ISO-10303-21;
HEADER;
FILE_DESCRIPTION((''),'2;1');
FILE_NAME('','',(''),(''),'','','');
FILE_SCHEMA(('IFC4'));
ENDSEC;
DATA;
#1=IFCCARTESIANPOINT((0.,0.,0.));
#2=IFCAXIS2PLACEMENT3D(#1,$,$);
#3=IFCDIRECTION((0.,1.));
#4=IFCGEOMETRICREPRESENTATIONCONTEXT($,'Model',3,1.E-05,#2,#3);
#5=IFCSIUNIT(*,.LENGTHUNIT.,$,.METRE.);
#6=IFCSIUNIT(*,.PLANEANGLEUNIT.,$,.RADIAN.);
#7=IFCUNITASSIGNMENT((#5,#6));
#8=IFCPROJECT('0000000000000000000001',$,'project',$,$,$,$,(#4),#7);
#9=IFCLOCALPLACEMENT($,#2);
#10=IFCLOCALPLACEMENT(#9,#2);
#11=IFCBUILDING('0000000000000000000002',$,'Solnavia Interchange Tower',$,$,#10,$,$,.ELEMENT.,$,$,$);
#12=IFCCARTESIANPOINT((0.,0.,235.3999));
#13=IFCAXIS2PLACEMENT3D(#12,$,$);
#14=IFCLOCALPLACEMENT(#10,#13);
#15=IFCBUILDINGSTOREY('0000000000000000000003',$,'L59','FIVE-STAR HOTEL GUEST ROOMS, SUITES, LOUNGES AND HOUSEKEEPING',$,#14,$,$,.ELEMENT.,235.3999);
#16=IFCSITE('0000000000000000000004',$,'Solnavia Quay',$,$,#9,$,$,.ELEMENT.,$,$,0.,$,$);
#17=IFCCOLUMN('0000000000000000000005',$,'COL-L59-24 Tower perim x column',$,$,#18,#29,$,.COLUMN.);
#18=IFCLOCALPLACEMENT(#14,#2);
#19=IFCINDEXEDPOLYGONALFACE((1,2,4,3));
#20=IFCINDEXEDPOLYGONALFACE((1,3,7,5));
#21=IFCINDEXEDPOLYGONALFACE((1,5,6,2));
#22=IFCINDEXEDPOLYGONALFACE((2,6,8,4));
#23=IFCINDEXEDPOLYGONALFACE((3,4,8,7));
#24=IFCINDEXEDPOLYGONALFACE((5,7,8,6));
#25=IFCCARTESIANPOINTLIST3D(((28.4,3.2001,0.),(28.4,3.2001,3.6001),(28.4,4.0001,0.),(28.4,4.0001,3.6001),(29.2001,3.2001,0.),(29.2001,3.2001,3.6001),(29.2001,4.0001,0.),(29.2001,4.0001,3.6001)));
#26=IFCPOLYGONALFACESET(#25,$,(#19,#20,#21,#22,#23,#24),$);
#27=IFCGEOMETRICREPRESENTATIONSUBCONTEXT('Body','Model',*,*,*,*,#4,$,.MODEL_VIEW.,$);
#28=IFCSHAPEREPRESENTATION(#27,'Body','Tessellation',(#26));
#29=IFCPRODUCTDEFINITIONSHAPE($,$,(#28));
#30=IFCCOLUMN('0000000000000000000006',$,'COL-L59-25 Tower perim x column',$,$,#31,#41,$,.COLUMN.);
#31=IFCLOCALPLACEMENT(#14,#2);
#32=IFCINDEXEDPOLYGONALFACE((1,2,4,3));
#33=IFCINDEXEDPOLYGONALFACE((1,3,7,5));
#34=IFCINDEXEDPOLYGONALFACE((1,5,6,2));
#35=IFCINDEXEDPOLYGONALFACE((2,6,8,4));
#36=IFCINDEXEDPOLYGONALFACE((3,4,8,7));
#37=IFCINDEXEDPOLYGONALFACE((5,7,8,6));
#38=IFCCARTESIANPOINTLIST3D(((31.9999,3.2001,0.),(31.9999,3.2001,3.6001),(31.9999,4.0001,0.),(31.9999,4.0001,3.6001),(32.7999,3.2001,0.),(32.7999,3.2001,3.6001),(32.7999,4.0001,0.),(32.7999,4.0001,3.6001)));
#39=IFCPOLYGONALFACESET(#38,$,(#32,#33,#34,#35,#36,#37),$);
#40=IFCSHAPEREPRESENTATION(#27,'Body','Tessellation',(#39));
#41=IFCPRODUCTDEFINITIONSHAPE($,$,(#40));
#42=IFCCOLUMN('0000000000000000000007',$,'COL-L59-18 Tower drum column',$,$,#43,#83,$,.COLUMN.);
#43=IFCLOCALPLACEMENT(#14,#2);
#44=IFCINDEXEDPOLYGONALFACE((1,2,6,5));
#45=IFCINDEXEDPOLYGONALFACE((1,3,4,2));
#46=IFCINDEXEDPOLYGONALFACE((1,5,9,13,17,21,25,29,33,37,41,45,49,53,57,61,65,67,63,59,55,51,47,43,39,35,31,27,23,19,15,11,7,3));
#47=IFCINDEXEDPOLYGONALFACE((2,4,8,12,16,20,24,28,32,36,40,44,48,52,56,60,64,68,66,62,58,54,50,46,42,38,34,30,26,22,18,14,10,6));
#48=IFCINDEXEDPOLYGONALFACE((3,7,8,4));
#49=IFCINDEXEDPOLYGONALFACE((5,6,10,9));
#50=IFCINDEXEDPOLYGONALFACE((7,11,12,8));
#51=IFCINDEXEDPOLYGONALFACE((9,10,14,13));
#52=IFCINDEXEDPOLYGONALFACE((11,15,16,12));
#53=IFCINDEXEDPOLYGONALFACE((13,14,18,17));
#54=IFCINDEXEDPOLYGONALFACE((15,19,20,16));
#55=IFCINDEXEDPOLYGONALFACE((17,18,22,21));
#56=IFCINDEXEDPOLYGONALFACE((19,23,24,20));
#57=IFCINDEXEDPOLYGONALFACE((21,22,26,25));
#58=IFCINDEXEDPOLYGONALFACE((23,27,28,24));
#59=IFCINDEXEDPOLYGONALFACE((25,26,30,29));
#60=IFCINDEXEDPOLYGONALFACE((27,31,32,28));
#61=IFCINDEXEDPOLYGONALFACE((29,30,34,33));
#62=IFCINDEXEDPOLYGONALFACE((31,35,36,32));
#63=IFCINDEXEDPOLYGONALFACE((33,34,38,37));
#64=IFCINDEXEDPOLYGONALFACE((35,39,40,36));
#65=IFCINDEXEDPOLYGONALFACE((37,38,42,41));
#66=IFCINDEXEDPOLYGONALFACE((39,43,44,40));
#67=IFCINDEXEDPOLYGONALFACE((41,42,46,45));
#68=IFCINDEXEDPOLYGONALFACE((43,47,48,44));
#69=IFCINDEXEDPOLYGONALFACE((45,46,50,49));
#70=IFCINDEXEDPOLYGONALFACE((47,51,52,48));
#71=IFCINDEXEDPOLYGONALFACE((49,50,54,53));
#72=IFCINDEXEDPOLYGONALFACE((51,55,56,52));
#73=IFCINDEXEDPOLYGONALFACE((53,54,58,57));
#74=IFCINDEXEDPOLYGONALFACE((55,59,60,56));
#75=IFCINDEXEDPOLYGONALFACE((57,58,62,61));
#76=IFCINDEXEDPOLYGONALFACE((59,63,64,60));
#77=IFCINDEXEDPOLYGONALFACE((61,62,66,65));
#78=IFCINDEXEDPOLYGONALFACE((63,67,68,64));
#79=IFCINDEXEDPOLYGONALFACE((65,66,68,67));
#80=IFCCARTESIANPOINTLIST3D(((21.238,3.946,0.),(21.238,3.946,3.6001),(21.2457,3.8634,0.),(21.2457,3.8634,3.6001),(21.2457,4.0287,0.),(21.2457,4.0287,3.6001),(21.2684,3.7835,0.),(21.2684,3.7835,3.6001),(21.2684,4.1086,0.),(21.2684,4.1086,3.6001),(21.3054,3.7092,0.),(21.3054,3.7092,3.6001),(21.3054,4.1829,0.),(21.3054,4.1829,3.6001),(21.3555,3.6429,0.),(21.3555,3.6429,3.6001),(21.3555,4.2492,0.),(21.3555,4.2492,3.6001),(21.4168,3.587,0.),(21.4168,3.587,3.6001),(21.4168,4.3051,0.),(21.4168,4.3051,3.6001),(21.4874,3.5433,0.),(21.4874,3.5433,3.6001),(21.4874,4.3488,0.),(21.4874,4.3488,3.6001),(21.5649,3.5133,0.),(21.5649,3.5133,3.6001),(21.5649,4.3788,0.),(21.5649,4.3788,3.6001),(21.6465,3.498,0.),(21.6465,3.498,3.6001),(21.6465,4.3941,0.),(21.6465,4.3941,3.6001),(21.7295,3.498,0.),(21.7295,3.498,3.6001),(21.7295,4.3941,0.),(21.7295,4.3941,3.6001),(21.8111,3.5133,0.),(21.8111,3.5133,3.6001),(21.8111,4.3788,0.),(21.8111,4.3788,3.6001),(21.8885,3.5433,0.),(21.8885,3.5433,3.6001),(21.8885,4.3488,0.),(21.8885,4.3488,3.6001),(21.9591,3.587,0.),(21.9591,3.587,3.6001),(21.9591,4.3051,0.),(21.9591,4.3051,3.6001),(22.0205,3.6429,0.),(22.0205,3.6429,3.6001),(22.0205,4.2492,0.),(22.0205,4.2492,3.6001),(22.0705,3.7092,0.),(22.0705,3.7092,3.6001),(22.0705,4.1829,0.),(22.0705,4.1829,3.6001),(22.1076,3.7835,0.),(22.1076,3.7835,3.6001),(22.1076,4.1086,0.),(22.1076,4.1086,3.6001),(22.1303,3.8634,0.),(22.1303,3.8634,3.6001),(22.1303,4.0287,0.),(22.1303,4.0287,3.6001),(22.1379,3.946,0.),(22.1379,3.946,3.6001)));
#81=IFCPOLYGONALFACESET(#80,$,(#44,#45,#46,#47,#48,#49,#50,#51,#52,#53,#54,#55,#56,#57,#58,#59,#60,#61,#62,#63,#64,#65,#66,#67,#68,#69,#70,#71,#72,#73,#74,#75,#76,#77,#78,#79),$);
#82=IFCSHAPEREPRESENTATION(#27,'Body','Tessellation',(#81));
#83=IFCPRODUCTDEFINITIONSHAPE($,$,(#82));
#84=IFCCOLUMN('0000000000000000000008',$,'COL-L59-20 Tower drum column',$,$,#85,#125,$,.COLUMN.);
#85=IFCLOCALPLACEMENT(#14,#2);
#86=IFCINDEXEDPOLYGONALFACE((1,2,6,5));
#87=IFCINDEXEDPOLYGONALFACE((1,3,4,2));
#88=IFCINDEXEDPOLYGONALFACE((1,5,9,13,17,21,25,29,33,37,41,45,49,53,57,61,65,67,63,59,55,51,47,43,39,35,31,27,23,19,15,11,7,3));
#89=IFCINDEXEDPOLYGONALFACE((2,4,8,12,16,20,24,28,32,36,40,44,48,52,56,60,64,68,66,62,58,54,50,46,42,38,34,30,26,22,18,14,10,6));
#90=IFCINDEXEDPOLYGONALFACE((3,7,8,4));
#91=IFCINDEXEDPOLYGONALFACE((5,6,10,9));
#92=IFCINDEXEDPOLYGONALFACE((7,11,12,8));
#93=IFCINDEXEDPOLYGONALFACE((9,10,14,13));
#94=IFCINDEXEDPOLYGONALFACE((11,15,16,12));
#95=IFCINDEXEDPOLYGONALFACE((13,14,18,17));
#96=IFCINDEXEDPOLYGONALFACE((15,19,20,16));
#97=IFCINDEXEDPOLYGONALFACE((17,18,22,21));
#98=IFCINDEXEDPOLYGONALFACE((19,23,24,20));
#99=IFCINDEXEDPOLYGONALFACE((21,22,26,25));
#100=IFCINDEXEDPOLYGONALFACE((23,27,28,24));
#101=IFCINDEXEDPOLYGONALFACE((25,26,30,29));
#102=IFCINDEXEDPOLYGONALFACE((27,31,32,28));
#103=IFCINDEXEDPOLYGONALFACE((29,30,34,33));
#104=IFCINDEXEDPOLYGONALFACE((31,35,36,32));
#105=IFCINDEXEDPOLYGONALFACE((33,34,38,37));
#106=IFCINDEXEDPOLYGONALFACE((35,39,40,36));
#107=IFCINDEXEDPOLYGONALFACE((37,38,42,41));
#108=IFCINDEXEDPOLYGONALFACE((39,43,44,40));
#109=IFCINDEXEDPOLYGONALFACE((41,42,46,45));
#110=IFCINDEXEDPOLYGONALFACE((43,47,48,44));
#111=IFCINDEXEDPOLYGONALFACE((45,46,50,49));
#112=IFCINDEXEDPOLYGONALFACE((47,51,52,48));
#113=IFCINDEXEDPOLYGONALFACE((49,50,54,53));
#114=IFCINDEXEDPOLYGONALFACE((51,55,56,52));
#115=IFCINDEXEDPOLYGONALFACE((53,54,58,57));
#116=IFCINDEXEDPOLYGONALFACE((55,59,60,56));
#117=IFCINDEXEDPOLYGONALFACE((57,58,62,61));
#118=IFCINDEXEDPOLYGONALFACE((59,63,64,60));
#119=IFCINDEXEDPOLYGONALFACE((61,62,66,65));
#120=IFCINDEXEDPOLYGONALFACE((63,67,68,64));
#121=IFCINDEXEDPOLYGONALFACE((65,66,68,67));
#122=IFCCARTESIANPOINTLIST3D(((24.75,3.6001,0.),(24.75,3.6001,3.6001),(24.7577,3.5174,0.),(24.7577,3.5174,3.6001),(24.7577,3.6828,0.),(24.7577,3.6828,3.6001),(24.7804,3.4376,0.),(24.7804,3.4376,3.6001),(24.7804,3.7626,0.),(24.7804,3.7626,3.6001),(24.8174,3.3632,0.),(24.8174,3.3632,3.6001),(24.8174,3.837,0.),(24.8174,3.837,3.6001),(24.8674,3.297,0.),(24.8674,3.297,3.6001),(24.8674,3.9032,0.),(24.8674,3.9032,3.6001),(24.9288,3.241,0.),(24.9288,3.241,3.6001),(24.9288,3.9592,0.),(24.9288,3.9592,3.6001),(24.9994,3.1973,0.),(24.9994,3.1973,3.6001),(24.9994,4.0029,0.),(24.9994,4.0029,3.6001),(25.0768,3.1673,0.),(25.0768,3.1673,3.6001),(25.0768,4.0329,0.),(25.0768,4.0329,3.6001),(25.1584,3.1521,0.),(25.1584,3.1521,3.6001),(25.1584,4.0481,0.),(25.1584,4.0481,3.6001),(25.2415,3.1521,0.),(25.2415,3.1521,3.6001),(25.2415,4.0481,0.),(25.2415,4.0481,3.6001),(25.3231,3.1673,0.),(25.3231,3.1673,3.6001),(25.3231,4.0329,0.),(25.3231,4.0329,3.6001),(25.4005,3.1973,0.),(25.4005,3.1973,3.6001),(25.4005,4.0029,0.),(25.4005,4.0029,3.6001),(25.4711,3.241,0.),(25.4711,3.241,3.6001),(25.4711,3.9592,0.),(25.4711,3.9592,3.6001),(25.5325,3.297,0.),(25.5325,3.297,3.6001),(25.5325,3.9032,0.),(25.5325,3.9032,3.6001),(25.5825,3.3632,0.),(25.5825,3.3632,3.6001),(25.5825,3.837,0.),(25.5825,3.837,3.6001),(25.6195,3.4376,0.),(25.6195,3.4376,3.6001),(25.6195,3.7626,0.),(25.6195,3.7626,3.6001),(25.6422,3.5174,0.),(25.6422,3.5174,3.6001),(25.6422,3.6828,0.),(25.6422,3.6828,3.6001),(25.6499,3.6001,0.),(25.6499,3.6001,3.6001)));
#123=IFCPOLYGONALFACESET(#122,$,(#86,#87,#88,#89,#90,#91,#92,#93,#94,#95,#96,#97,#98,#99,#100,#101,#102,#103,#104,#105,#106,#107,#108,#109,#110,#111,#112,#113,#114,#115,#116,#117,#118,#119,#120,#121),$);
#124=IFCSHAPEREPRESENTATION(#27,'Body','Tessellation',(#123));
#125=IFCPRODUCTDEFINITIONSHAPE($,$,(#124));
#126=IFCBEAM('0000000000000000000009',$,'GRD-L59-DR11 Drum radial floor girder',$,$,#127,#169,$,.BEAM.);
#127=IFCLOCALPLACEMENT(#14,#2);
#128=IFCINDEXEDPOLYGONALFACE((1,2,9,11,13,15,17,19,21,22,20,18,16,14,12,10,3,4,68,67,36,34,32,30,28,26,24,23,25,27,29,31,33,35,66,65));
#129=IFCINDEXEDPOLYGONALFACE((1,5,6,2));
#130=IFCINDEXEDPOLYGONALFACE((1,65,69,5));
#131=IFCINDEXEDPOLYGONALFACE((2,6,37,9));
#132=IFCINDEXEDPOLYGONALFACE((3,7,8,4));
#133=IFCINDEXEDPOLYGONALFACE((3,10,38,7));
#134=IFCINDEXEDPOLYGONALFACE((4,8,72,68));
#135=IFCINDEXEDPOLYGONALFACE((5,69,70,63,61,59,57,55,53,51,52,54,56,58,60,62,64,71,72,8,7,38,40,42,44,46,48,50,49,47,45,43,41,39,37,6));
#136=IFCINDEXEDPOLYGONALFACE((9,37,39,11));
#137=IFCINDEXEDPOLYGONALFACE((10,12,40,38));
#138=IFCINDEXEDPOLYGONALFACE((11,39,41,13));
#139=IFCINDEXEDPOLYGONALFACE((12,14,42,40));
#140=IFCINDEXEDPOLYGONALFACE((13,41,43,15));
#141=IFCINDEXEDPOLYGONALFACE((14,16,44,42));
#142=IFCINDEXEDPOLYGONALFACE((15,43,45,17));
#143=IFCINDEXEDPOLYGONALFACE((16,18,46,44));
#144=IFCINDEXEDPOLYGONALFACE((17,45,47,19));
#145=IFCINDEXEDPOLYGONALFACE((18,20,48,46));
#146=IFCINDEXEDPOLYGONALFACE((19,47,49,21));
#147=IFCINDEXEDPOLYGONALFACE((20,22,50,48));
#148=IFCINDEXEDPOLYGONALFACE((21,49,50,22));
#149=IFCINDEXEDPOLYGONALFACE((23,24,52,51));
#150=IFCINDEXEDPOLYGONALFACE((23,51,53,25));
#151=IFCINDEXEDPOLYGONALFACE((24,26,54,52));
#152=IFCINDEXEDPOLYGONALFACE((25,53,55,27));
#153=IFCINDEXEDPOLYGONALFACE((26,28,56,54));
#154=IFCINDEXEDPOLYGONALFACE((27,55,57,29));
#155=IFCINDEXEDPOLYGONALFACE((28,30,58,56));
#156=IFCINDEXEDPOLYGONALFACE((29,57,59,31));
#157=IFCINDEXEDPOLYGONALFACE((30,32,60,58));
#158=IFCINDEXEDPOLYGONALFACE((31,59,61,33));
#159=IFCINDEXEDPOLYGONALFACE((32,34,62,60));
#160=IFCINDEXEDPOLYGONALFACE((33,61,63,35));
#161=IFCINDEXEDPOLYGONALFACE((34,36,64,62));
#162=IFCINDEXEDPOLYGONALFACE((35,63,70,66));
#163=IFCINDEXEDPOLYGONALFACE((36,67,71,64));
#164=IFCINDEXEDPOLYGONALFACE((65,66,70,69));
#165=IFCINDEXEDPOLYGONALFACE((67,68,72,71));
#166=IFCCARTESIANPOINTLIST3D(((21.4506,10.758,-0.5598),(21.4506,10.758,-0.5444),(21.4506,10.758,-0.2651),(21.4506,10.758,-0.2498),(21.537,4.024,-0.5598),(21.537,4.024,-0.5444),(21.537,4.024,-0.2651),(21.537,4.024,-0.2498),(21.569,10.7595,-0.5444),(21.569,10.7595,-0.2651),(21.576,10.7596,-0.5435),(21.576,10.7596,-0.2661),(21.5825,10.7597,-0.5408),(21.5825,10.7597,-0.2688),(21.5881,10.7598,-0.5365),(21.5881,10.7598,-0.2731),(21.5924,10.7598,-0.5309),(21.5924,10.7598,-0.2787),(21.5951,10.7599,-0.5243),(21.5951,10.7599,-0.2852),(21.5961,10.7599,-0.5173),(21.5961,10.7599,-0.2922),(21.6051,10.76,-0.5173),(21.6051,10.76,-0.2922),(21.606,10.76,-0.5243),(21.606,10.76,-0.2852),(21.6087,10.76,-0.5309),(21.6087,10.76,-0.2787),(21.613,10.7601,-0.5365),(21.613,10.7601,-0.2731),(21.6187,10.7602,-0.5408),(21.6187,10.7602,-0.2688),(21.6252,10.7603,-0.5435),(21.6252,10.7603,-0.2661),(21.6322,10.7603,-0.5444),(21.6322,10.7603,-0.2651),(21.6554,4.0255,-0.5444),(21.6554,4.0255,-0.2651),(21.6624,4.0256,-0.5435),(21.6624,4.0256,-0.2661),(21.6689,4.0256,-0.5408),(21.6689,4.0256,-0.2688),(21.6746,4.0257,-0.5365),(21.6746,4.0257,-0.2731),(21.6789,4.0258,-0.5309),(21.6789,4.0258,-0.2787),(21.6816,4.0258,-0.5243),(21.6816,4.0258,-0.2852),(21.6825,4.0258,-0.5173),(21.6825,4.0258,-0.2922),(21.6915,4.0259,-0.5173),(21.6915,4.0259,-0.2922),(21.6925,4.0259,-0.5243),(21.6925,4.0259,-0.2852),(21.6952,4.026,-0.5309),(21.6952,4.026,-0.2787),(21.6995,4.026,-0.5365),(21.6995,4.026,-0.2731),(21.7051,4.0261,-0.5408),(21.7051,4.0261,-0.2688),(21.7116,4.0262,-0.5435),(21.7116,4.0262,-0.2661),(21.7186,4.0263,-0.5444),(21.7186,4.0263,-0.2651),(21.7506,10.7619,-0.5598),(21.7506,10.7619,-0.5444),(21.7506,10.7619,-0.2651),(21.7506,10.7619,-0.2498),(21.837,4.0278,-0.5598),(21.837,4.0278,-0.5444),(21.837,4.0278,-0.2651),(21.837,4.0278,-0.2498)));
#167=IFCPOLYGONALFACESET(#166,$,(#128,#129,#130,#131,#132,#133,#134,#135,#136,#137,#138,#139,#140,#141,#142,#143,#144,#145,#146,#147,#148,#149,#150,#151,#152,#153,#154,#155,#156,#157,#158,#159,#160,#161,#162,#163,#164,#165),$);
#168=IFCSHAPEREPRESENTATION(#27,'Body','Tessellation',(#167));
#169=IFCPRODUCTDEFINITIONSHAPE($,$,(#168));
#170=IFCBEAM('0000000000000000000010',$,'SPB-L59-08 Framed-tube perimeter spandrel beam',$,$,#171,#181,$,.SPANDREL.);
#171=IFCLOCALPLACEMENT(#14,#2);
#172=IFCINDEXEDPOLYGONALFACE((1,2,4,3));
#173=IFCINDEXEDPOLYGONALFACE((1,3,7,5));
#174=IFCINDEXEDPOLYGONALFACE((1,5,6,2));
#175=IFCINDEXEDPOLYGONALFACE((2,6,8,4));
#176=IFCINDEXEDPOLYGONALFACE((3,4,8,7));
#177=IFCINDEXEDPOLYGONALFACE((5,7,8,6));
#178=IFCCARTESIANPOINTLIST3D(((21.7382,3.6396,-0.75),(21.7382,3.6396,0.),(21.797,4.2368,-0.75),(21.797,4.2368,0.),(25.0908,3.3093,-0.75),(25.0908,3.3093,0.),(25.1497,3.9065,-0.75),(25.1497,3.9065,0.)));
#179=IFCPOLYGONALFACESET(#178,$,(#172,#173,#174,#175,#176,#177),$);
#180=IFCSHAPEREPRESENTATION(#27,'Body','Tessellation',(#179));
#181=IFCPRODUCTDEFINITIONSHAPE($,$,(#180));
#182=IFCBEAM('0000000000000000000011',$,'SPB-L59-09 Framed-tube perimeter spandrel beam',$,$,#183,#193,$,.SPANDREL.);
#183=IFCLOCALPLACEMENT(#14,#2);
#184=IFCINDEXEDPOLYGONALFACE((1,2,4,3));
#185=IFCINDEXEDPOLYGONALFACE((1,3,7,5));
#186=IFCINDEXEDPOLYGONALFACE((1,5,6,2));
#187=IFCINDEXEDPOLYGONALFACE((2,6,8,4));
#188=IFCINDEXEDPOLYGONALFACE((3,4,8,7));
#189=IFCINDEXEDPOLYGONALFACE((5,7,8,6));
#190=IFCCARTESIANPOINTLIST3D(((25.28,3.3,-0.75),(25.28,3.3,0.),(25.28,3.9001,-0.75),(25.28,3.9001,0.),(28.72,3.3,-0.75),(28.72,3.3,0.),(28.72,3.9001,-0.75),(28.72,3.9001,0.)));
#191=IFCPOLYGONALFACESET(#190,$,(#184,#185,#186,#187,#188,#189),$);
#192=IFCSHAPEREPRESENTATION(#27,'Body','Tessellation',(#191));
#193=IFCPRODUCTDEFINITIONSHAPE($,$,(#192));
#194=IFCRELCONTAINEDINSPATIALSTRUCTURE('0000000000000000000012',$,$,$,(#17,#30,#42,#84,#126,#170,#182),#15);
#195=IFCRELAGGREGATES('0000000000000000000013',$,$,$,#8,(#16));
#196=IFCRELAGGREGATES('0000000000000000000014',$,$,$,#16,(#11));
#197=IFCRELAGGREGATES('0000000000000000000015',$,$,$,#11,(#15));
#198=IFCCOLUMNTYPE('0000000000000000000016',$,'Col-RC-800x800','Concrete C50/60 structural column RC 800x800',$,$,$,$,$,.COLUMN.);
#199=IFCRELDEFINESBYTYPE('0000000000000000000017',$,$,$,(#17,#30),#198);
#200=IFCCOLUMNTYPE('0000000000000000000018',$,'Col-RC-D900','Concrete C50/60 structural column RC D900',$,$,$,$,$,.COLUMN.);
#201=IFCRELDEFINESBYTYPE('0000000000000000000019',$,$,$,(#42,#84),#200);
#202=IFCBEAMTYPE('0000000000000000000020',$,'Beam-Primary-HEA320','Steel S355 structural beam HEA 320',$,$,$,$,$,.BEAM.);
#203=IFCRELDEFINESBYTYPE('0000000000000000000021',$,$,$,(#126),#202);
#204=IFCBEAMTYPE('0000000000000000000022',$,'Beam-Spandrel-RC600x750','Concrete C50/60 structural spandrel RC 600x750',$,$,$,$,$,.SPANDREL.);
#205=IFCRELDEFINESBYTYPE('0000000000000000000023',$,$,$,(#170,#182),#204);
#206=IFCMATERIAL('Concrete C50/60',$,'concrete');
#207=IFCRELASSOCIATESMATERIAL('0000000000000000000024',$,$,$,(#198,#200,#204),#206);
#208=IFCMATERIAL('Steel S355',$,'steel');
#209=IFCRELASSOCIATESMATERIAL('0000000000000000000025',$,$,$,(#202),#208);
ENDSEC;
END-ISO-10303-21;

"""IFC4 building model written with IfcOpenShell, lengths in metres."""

from ifc_helpers import new_model, si_unit, direction, frame, origin, origin_2d, place, context, subcontext, project, spatial, rectangle, circle, i_section, extrude, material, material_profile, profile_set, type_object, element, save


model = new_model("IFC4")

# Units and contexts
model_context = context("Model", 3, precision=1e-05, world=origin(), true_north=direction((0.0, 1.0)))
body_context = subcontext(model_context, "Body", "Model", "MODEL_VIEW")
ifc_project = project(units=[si_unit("LENGTHUNIT", "METRE"), si_unit("PLANEANGLEUNIT", "RADIAN")], contexts=[model_context])

# Site, building, storey
site_placement = place(None, origin())
site = spatial("IfcSite", under=ifc_project, at=site_placement, Name="Solnavia Quay", CompositionType="ELEMENT", RefElevation=0.0)
building_placement = place(site_placement, origin())
building = spatial("IfcBuilding", under=site, at=building_placement, Name="Solnavia Interchange Tower", CompositionType="ELEMENT")
storey_placement = place(building_placement, frame((0.0, 0.0, 235.3999)))
storey = spatial("IfcBuildingStorey", under=building, at=storey_placement, Name="L59", Description="FIVE-STAR HOTEL GUEST ROOMS, SUITES, LOUNGES AND HOUSEKEEPING", CompositionType="ELEMENT", Elevation=235.3999)

# Columns
ifc_material_1 = material(Name="Concrete C50/60", Category="concrete")
ifc_material_profile_1 = material_profile(ifc_material_1, rectangle(XDim=0.8, YDim=0.8, at=origin_2d()), Name="RC 800x800")
ifc_profile_set_1 = profile_set([ifc_material_profile_1], Name="Concrete C50/60")
column_type_1 = type_object("IfcColumnType", Name="Col-RC-800x800", Description="Concrete C50/60 structural column RC 800x800", PredefinedType="COLUMN", material=ifc_profile_set_1)
for number, where, z_axis, x_axis, name in (
    (1, (28.8, 3.6001, 0.0), (0.0, 0.0, 1.0), (1.0, 0.0, 0.0), "COL-L59-24 Tower perim x column"),
    (2, (32.3999, 3.6001, 0.0), (0.0, 0.0, 1.0), (1.0, 0.0, 0.0), "COL-L59-25 Tower perim x column"),
):
    element("IfcColumn", number, at=place(storey_placement, frame(where, z_axis=z_axis, x_axis=x_axis)), inside=storey, type_object=column_type_1, Name=name, PredefinedType="COLUMN", context=body_context, shape_type="SweptSolid", body=[
        extrude(rectangle(XDim=0.8, YDim=0.8, at=origin_2d()), origin(), (0.0, 0.0, 1.0), 3.6001),
    ])
ifc_material_profile_2 = material_profile(ifc_material_1, circle(Radius=0.45, at=origin_2d()), Name="RC D900")
ifc_profile_set_2 = profile_set([ifc_material_profile_2], Name="Concrete C50/60")
column_type_2 = type_object("IfcColumnType", Name="Col-RC-D900", Description="Concrete C50/60 structural column RC D900", PredefinedType="COLUMN", material=ifc_profile_set_2)
for number, where, z_axis, x_axis, name in (
    (3, (21.688, 3.946, 0.0), (0.0, 0.0, 1.0), (1.0, 0.0, 0.0), "COL-L59-18 Tower drum column"),
    (4, (25.2, 3.6001, 0.0), (0.0, 0.0, 1.0), (1.0, 0.0, 0.0), "COL-L59-20 Tower drum column"),
):
    element("IfcColumn", number, at=place(storey_placement, frame(where, z_axis=z_axis, x_axis=x_axis)), inside=storey, type_object=column_type_2, Name=name, PredefinedType="COLUMN", context=body_context, shape_type="SweptSolid", body=[
        extrude(circle(Radius=0.45, at=origin_2d()), origin(), (0.0, 0.0, 1.0), 3.6001),
    ])

# Beams
ifc_material_2 = material(Name="Steel S355", Category="steel")
ifc_material_profile_3 = material_profile(ifc_material_2, i_section(OverallWidth=0.3, OverallDepth=0.3101, WebThickness=0.009, FlangeThickness=0.0154, FilletRadius=0.0271, at=origin_2d()), Name="HEA 320")
ifc_profile_set_3 = profile_set([ifc_material_profile_3], Name="Steel S355")
beam_type_1 = type_object("IfcBeamType", Name="Beam-Primary-HEA320", Description="Steel S355 structural beam HEA 320", PredefinedType="BEAM", material=ifc_profile_set_3)
beam_1_placement = place(storey_placement, frame((21.687, 4.0259, -0.4048), z_axis=(-0.012833, 0.999918, 0.0), x_axis=(-0.999918, -0.012833, 0.0)))
element("IfcBeam", 5, at=beam_1_placement, inside=storey, type_object=beam_type_1, Name="GRD-L59-DR11 Drum radial floor girder", PredefinedType="BEAM", context=body_context, shape_type="SweptSolid", body=[
    extrude(i_section(OverallWidth=0.3, OverallDepth=0.3101, WebThickness=0.009, FlangeThickness=0.0154, FilletRadius=0.0271, at=origin_2d()), origin(), (0.0, 0.0, 1.0), 6.7346),
])
ifc_material_profile_4 = material_profile(ifc_material_1, rectangle(XDim=0.6001, YDim=0.75, at=origin_2d()), Name="RC 600x750")
ifc_profile_set_4 = profile_set([ifc_material_profile_4], Name="Concrete C50/60")
beam_type_2 = type_object("IfcBeamType", Name="Beam-Spandrel-RC600x750", Description="Concrete C50/60 structural spandrel RC 600x750", PredefinedType="SPANDREL", material=ifc_profile_set_4)
beam_2_placement = place(storey_placement, frame((21.7676, 3.9382, -0.375), z_axis=(0.995182, -0.098047, 0.0), x_axis=(0.098047, 0.995182, 0.0)))
element("IfcBeam", 6, at=beam_2_placement, inside=storey, type_object=beam_type_2, Name="SPB-L59-08 Framed-tube perimeter spandrel beam", PredefinedType="SPANDREL", context=body_context, shape_type="SweptSolid", body=[
    extrude(rectangle(XDim=0.6001, YDim=0.75, at=origin_2d()), origin(), (0.0, 0.0, 1.0), 3.3689),
])
beam_3_placement = place(storey_placement, frame((25.28, 3.6001, -0.375), z_axis=(1.0, 0.0, 0.0), x_axis=(0.0, 1.0, 0.0)))
element("IfcBeam", 7, at=beam_3_placement, inside=storey, type_object=beam_type_2, Name="SPB-L59-09 Framed-tube perimeter spandrel beam", PredefinedType="SPANDREL", context=body_context, shape_type="SweptSolid", body=[
    extrude(rectangle(XDim=0.6001, YDim=0.75, at=origin_2d()), origin(), (0.0, 0.0, 1.0), 3.4399),
])

save(model, "model.ifc")
